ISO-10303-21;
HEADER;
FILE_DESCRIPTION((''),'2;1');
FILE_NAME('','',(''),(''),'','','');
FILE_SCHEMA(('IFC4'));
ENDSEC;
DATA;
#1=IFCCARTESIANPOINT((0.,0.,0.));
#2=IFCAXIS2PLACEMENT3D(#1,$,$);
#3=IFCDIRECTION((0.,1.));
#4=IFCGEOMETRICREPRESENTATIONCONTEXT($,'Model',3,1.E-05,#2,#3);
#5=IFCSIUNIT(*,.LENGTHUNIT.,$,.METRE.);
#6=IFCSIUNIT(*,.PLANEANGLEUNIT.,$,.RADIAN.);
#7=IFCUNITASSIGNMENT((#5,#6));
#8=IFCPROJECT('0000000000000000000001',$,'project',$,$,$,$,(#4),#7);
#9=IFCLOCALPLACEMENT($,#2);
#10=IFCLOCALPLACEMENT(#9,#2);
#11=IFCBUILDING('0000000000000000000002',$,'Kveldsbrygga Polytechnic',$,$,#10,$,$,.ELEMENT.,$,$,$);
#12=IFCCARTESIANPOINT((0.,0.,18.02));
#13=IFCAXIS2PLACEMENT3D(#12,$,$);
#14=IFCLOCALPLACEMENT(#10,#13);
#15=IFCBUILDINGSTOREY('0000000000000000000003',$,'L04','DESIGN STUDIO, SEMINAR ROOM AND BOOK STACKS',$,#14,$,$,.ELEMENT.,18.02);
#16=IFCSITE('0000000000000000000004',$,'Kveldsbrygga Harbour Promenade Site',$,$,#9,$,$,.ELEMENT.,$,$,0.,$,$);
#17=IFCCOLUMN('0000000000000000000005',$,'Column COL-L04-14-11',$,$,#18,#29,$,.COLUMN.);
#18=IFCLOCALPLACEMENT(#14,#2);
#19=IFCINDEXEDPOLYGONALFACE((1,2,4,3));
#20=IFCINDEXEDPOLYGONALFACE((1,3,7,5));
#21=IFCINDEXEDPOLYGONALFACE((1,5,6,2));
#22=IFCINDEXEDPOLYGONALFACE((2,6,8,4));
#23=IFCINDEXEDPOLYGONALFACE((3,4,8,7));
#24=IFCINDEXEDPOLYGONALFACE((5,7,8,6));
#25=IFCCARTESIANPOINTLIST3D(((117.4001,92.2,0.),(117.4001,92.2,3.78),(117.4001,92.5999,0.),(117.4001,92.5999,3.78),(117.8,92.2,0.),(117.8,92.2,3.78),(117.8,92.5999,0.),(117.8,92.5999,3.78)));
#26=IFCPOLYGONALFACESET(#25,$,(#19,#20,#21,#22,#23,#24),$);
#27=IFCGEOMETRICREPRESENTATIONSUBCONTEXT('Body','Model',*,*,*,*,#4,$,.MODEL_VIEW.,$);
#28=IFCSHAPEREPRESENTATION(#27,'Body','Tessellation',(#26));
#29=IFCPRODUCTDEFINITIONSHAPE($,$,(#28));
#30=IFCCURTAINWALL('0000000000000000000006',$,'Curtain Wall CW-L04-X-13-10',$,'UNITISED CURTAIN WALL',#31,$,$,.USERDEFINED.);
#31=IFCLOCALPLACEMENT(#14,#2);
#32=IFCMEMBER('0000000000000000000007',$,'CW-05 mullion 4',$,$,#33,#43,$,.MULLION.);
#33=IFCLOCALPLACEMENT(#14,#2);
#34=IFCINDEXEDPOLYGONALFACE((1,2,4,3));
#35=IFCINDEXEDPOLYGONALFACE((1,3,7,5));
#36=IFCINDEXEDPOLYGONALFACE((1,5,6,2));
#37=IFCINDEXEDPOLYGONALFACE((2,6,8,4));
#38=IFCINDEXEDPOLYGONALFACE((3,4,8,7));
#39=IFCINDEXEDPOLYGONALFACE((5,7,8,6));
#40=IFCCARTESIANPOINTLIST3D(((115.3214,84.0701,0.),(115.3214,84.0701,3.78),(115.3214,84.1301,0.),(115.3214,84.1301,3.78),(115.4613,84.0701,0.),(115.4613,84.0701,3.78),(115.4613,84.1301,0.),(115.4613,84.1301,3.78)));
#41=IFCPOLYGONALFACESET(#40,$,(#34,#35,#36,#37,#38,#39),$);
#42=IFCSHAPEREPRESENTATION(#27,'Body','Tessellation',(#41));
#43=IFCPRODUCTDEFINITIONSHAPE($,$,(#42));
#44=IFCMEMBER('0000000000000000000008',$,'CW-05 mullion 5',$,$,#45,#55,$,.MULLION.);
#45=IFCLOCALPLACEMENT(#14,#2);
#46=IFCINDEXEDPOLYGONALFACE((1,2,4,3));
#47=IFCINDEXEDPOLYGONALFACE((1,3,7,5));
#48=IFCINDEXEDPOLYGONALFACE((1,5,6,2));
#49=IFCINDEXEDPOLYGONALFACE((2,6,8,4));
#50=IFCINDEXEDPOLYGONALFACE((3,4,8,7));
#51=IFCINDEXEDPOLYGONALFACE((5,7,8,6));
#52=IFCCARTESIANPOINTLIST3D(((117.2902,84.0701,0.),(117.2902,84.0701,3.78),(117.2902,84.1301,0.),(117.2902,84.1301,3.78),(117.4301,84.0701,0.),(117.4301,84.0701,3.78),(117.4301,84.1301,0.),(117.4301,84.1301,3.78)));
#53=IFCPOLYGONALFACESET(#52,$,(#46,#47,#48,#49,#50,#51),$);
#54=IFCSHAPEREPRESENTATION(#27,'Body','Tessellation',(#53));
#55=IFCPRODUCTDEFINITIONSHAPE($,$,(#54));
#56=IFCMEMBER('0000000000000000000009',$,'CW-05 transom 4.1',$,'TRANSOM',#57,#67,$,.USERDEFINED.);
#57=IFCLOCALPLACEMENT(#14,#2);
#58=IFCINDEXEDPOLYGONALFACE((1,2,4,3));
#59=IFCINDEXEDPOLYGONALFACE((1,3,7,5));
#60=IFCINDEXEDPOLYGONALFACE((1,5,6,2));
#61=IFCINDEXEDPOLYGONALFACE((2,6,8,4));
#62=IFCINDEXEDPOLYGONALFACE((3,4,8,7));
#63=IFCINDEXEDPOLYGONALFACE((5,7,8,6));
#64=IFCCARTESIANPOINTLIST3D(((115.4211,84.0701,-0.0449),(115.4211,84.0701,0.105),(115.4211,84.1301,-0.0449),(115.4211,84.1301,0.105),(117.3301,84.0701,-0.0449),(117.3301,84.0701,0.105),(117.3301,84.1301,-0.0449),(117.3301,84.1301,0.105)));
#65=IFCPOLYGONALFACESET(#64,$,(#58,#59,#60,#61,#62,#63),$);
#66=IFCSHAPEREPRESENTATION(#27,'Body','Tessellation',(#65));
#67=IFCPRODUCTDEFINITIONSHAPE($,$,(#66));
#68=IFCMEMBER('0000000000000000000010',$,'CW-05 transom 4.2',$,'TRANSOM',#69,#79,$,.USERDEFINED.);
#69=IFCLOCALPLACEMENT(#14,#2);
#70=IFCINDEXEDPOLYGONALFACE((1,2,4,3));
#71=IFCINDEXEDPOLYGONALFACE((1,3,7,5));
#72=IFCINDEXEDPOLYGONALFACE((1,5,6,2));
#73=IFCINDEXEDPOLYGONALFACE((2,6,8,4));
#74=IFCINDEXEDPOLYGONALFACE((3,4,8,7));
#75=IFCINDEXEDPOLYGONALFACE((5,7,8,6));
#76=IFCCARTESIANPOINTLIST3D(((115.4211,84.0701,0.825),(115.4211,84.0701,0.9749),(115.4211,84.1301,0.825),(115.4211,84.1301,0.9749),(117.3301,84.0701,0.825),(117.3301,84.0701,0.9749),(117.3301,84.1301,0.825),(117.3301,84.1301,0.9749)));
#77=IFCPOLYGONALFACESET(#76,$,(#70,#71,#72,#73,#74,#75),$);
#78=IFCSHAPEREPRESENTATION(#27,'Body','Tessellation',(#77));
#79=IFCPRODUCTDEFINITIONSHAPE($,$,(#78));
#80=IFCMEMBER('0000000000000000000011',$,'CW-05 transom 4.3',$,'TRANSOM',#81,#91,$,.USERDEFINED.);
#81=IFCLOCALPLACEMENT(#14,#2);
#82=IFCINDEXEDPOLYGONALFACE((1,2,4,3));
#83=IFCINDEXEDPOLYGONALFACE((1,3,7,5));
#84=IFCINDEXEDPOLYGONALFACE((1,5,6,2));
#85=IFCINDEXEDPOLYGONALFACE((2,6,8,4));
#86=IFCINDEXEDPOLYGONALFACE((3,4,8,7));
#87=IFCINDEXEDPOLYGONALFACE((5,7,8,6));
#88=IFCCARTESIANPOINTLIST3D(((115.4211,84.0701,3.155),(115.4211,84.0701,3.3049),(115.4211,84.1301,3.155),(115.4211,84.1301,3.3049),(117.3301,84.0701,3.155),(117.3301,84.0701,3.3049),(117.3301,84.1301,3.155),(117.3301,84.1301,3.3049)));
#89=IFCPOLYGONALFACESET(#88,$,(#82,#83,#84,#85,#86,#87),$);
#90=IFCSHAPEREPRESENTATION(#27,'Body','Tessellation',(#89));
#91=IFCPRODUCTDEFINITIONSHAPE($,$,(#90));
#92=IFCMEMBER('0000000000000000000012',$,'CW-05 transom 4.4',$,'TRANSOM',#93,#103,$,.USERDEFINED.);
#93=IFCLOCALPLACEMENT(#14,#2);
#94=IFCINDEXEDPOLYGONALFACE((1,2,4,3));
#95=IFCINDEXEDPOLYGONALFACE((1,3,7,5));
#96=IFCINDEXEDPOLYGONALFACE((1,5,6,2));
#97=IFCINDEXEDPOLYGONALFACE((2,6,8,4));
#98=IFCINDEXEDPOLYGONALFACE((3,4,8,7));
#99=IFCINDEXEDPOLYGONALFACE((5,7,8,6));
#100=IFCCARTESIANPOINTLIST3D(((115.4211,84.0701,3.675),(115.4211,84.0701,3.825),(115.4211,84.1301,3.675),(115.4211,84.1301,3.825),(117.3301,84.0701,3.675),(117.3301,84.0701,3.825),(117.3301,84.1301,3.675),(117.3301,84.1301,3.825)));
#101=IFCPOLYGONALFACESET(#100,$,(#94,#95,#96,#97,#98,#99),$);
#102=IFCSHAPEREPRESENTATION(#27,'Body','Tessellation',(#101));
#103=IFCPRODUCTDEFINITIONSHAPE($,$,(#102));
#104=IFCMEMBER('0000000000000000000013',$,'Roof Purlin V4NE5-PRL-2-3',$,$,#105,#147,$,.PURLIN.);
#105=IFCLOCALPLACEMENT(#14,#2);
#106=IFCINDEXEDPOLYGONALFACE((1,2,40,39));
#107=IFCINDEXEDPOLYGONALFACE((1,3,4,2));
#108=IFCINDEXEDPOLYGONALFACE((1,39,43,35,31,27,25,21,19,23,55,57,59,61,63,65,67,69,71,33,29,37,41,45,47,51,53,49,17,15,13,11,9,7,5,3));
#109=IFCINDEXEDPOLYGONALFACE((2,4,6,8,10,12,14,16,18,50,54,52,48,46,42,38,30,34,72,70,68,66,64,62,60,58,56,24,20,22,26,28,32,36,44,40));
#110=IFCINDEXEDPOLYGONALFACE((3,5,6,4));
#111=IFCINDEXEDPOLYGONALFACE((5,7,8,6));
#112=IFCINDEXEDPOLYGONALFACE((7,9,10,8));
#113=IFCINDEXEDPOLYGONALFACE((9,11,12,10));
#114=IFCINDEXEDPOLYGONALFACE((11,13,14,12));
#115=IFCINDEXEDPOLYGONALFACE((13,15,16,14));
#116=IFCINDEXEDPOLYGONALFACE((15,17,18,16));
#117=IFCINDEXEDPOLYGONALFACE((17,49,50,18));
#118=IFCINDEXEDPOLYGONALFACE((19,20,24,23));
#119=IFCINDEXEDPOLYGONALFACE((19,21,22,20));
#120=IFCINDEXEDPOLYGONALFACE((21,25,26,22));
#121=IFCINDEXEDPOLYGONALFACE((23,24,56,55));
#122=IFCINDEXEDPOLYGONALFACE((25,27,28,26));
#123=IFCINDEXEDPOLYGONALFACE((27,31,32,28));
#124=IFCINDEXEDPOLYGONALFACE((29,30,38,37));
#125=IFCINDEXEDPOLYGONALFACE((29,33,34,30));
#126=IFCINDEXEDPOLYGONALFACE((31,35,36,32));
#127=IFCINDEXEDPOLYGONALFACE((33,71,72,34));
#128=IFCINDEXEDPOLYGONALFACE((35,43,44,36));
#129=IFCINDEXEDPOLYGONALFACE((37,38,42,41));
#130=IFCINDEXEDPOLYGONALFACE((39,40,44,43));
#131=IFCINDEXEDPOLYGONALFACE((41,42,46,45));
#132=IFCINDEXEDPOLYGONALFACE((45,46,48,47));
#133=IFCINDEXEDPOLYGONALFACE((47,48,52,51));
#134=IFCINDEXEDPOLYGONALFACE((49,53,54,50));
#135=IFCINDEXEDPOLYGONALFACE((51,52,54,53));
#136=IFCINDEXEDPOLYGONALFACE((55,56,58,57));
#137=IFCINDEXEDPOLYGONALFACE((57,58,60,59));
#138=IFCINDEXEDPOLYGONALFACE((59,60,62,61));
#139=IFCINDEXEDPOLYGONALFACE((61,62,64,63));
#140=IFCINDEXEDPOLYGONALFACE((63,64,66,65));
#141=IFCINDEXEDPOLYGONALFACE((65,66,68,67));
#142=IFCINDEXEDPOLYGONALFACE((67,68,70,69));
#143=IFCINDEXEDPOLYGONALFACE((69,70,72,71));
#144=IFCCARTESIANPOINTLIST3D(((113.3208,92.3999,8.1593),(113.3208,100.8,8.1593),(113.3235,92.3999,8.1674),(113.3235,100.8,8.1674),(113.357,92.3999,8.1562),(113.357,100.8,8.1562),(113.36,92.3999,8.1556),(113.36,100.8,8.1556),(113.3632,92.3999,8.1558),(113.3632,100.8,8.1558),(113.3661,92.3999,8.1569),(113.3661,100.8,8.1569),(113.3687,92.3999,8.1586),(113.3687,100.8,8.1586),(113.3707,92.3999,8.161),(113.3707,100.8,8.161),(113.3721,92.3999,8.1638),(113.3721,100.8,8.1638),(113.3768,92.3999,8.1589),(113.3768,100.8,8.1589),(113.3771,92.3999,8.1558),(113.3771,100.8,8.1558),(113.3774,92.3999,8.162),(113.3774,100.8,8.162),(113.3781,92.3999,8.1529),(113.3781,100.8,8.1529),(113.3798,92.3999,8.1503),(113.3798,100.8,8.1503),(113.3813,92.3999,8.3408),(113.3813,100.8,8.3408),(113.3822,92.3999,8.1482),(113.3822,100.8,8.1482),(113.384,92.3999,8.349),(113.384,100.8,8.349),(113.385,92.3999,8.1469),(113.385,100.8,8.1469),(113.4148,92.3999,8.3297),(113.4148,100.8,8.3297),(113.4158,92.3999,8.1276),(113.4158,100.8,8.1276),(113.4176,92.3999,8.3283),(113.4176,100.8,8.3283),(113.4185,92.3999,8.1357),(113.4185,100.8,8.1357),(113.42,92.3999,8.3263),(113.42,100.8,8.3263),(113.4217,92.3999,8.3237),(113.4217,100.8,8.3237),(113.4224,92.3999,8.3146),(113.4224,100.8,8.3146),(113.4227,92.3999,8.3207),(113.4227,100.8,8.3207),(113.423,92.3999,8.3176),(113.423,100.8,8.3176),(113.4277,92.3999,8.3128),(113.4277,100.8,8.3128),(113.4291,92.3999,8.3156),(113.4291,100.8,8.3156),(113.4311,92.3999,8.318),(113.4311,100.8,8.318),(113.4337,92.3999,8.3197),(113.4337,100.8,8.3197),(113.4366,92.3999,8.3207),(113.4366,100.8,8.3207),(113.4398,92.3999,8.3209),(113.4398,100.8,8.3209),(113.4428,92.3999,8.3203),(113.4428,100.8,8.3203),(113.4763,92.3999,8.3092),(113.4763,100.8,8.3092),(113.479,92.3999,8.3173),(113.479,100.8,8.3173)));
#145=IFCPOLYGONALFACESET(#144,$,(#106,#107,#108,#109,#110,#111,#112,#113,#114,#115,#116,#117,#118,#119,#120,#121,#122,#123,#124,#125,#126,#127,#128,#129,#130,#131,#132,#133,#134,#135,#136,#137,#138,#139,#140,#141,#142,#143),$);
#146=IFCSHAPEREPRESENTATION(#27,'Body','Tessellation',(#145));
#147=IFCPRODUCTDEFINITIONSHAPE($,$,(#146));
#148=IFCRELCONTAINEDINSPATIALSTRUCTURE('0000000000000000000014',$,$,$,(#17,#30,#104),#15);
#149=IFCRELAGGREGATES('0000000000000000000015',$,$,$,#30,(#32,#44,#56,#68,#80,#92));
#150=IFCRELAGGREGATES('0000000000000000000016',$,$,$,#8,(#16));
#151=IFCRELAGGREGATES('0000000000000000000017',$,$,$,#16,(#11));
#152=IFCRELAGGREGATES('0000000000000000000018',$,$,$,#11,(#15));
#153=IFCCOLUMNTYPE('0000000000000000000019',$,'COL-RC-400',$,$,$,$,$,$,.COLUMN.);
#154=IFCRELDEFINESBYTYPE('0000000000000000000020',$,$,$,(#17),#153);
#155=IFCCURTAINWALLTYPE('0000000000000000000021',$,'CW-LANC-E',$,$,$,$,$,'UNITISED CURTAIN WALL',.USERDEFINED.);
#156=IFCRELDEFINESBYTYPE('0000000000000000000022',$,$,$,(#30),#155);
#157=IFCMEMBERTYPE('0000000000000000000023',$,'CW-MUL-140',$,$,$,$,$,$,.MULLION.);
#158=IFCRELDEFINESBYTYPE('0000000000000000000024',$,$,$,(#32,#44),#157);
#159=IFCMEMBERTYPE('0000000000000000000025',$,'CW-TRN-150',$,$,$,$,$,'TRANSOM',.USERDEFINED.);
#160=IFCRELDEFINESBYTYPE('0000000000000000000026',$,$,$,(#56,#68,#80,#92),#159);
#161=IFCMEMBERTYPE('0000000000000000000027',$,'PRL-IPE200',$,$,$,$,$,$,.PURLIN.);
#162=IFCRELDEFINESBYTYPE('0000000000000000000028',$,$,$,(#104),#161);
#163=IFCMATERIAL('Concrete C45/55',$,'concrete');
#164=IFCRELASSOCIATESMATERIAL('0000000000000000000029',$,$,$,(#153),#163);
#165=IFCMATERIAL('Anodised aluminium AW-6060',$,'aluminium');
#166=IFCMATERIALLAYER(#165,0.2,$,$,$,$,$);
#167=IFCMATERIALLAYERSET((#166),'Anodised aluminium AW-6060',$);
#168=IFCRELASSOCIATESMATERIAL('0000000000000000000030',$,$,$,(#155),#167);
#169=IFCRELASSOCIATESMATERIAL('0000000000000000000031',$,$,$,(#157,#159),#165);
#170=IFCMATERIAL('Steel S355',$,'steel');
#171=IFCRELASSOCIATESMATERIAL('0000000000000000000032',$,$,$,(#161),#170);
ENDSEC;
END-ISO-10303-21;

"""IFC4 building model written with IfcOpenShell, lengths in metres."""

from ifc_helpers import new_model, si_unit, direction, frame, origin, origin_2d, place, context, subcontext, project, spatial, rectangle, i_section, extrude, material, layer, layer_set, material_profile, profile_set, type_object, element, aggregate, save


model = new_model("IFC4")

# Units and contexts
model_context = context("Model", 3, precision=1e-05, world=origin(), true_north=direction((0.0, 1.0)))
body_context = subcontext(model_context, "Body", "Model", "MODEL_VIEW")
ifc_project = project(units=[si_unit("LENGTHUNIT", "METRE"), si_unit("PLANEANGLEUNIT", "RADIAN")], contexts=[model_context])

# Site, building, storey
site_placement = place(None, origin())
site = spatial("IfcSite", under=ifc_project, at=site_placement, Name="Kveldsbrygga Harbour Promenade Site", CompositionType="ELEMENT", RefElevation=0.0)
building_placement = place(site_placement, origin())
building = spatial("IfcBuilding", under=site, at=building_placement, Name="Kveldsbrygga Polytechnic", CompositionType="ELEMENT")
storey_placement = place(building_placement, frame((0.0, 0.0, 18.02)))
storey = spatial("IfcBuildingStorey", under=building, at=storey_placement, Name="L04", Description="DESIGN STUDIO, SEMINAR ROOM AND BOOK STACKS", CompositionType="ELEMENT", Elevation=18.02)

# Column
ifc_material_1 = material(Name="Concrete C45/55", Category="concrete")
ifc_material_profile_1 = material_profile(ifc_material_1, rectangle(XDim=0.3999, YDim=0.3999, at=origin_2d()), Name="RC 400x400")
ifc_profile_set_1 = profile_set([ifc_material_profile_1], Name="Concrete C45/55")
column_type = type_object("IfcColumnType", Name="COL-RC-400", PredefinedType="COLUMN", material=ifc_profile_set_1)
column_placement = place(storey_placement, frame((117.6001, 92.3999, 0.0), z_axis=(0.0, 0.0, 1.0), x_axis=(1.0, 0.0, 0.0)))
element("IfcColumn", 1, at=column_placement, inside=storey, type_object=column_type, Name="Column COL-L04-14-11", PredefinedType="COLUMN", context=body_context, shape_type="SweptSolid", body=[
    extrude(rectangle(XDim=0.3999, YDim=0.3999, at=origin_2d()), origin(), (0.0, 0.0, 1.0), 3.78),
])

# Curtain wall, members
ifc_material_2 = material(Name="Anodised aluminium AW-6060", Category="aluminium")
ifc_layer_1 = layer(ifc_material_2, 0.2)
ifc_layer_set_1 = layer_set([ifc_layer_1], Name="Anodised aluminium AW-6060")
curtain_wall_type = type_object("IfcCurtainWallType", Name="CW-LANC-E", ElementType="UNITISED CURTAIN WALL", PredefinedType="USERDEFINED", material=ifc_layer_set_1)
curtain_wall_placement = place(storey_placement, origin())
curtain_wall = element("IfcCurtainWall", 2, at=curtain_wall_placement, inside=storey, type_object=curtain_wall_type, Name="Curtain Wall CW-L04-X-13-10", ObjectType="UNITISED CURTAIN WALL", PredefinedType="USERDEFINED")
ifc_material_profile_2 = material_profile(ifc_material_2, rectangle(XDim=0.0601, YDim=0.1399, at=origin_2d()), Name="ALU 60x140")
ifc_profile_set_2 = profile_set([ifc_material_profile_2], Name="Anodised aluminium AW-6060")
member_type_1 = type_object("IfcMemberType", Name="CW-MUL-140", PredefinedType="MULLION", material=ifc_profile_set_2)
member_1_placement = place(storey_placement, frame((115.3914, 84.1001, 0.0), z_axis=(0.0, 0.0, 1.0), x_axis=(0.0, 1.0, 0.0)))
member_1 = element("IfcMember", 3, at=member_1_placement, type_object=member_type_1, Name="CW-05 mullion 4", PredefinedType="MULLION", context=body_context, shape_type="SweptSolid", body=[
    extrude(rectangle(XDim=0.0601, YDim=0.1399, at=origin_2d()), origin(), (0.0, 0.0, 1.0), 3.78),
])
member_2_placement = place(storey_placement, frame((117.3601, 84.1001, 0.0), z_axis=(0.0, 0.0, 1.0), x_axis=(0.0, 1.0, 0.0)))
member_2 = element("IfcMember", 4, at=member_2_placement, type_object=member_type_1, Name="CW-05 mullion 5", PredefinedType="MULLION", context=body_context, shape_type="SweptSolid", body=[
    extrude(rectangle(XDim=0.0601, YDim=0.1399, at=origin_2d()), origin(), (0.0, 0.0, 1.0), 3.78),
])
ifc_material_profile_3 = material_profile(ifc_material_2, rectangle(XDim=0.0601, YDim=0.1499, at=origin_2d()), Name="ALU 60x150")
ifc_profile_set_3 = profile_set([ifc_material_profile_3], Name="Anodised aluminium AW-6060")
member_type_2 = type_object("IfcMemberType", Name="CW-TRN-150", ElementType="TRANSOM", PredefinedType="USERDEFINED", material=ifc_profile_set_3)
member_3_placement = place(storey_placement, frame((115.4211, 84.1001, 0.03), z_axis=(1.0, 0.0, 0.0), x_axis=(0.0, 1.0, 0.0)))
member_3 = element("IfcMember", 5, at=member_3_placement, type_object=member_type_2, Name="CW-05 transom 4.1", ObjectType="TRANSOM", PredefinedType="USERDEFINED", context=body_context, shape_type="SweptSolid", body=[
    extrude(rectangle(XDim=0.0601, YDim=0.1499, at=origin_2d()), origin(), (0.0, 0.0, 1.0), 1.9089),
])
member_4_placement = place(storey_placement, frame((115.4211, 84.1001, 0.8999), z_axis=(1.0, 0.0, 0.0), x_axis=(0.0, 1.0, 0.0)))
member_4 = element("IfcMember", 6, at=member_4_placement, type_object=member_type_2, Name="CW-05 transom 4.2", ObjectType="TRANSOM", PredefinedType="USERDEFINED", context=body_context, shape_type="SweptSolid", body=[
    extrude(rectangle(XDim=0.0601, YDim=0.1499, at=origin_2d()), origin(), (0.0, 0.0, 1.0), 1.9089),
])
member_5_placement = place(storey_placement, frame((115.4211, 84.1001, 3.23), z_axis=(1.0, 0.0, 0.0), x_axis=(0.0, 1.0, 0.0)))
member_5 = element("IfcMember", 7, at=member_5_placement, type_object=member_type_2, Name="CW-05 transom 4.3", ObjectType="TRANSOM", PredefinedType="USERDEFINED", context=body_context, shape_type="SweptSolid", body=[
    extrude(rectangle(XDim=0.0601, YDim=0.1499, at=origin_2d()), origin(), (0.0, 0.0, 1.0), 1.9089),
])
member_6_placement = place(storey_placement, frame((115.4211, 84.1001, 3.75), z_axis=(1.0, 0.0, 0.0), x_axis=(0.0, 1.0, 0.0)))
member_6 = element("IfcMember", 8, at=member_6_placement, type_object=member_type_2, Name="CW-05 transom 4.4", ObjectType="TRANSOM", PredefinedType="USERDEFINED", context=body_context, shape_type="SweptSolid", body=[
    extrude(rectangle(XDim=0.0601, YDim=0.1499, at=origin_2d()), origin(), (0.0, 0.0, 1.0), 1.9089),
])

# Member
ifc_material_3 = material(Name="Steel S355", Category="steel")
ifc_material_profile_4 = material_profile(ifc_material_3, i_section(OverallWidth=0.1001, OverallDepth=0.2, WebThickness=0.0056, FlangeThickness=0.0085, FilletRadius=0.012, at=origin_2d()), Name="IPE 200")
ifc_profile_set_4 = profile_set([ifc_material_profile_4], Name="Steel S355")
member_type_3 = type_object("IfcMemberType", Name="PRL-IPE200", PredefinedType="PURLIN", material=ifc_profile_set_4)
member_7_placement = place(storey_placement, frame((113.3999, 92.3999, 8.2383), z_axis=(0.0, 1.0, 0.0), x_axis=(-0.948684, 0.0, 0.316227)))
element("IfcMember", 9, at=member_7_placement, inside=storey, type_object=member_type_3, Name="Roof Purlin V4NE5-PRL-2-3", PredefinedType="PURLIN", context=body_context, shape_type="SweptSolid", body=[
    extrude(i_section(OverallWidth=0.1001, OverallDepth=0.2, WebThickness=0.0056, FlangeThickness=0.0085, FilletRadius=0.012, at=origin_2d()), origin(), (0.0, 0.0, 1.0), 8.4001),
])

aggregate(curtain_wall, [member_1, member_2, member_3, member_4, member_5, member_6])

save(model, "model.ifc")
